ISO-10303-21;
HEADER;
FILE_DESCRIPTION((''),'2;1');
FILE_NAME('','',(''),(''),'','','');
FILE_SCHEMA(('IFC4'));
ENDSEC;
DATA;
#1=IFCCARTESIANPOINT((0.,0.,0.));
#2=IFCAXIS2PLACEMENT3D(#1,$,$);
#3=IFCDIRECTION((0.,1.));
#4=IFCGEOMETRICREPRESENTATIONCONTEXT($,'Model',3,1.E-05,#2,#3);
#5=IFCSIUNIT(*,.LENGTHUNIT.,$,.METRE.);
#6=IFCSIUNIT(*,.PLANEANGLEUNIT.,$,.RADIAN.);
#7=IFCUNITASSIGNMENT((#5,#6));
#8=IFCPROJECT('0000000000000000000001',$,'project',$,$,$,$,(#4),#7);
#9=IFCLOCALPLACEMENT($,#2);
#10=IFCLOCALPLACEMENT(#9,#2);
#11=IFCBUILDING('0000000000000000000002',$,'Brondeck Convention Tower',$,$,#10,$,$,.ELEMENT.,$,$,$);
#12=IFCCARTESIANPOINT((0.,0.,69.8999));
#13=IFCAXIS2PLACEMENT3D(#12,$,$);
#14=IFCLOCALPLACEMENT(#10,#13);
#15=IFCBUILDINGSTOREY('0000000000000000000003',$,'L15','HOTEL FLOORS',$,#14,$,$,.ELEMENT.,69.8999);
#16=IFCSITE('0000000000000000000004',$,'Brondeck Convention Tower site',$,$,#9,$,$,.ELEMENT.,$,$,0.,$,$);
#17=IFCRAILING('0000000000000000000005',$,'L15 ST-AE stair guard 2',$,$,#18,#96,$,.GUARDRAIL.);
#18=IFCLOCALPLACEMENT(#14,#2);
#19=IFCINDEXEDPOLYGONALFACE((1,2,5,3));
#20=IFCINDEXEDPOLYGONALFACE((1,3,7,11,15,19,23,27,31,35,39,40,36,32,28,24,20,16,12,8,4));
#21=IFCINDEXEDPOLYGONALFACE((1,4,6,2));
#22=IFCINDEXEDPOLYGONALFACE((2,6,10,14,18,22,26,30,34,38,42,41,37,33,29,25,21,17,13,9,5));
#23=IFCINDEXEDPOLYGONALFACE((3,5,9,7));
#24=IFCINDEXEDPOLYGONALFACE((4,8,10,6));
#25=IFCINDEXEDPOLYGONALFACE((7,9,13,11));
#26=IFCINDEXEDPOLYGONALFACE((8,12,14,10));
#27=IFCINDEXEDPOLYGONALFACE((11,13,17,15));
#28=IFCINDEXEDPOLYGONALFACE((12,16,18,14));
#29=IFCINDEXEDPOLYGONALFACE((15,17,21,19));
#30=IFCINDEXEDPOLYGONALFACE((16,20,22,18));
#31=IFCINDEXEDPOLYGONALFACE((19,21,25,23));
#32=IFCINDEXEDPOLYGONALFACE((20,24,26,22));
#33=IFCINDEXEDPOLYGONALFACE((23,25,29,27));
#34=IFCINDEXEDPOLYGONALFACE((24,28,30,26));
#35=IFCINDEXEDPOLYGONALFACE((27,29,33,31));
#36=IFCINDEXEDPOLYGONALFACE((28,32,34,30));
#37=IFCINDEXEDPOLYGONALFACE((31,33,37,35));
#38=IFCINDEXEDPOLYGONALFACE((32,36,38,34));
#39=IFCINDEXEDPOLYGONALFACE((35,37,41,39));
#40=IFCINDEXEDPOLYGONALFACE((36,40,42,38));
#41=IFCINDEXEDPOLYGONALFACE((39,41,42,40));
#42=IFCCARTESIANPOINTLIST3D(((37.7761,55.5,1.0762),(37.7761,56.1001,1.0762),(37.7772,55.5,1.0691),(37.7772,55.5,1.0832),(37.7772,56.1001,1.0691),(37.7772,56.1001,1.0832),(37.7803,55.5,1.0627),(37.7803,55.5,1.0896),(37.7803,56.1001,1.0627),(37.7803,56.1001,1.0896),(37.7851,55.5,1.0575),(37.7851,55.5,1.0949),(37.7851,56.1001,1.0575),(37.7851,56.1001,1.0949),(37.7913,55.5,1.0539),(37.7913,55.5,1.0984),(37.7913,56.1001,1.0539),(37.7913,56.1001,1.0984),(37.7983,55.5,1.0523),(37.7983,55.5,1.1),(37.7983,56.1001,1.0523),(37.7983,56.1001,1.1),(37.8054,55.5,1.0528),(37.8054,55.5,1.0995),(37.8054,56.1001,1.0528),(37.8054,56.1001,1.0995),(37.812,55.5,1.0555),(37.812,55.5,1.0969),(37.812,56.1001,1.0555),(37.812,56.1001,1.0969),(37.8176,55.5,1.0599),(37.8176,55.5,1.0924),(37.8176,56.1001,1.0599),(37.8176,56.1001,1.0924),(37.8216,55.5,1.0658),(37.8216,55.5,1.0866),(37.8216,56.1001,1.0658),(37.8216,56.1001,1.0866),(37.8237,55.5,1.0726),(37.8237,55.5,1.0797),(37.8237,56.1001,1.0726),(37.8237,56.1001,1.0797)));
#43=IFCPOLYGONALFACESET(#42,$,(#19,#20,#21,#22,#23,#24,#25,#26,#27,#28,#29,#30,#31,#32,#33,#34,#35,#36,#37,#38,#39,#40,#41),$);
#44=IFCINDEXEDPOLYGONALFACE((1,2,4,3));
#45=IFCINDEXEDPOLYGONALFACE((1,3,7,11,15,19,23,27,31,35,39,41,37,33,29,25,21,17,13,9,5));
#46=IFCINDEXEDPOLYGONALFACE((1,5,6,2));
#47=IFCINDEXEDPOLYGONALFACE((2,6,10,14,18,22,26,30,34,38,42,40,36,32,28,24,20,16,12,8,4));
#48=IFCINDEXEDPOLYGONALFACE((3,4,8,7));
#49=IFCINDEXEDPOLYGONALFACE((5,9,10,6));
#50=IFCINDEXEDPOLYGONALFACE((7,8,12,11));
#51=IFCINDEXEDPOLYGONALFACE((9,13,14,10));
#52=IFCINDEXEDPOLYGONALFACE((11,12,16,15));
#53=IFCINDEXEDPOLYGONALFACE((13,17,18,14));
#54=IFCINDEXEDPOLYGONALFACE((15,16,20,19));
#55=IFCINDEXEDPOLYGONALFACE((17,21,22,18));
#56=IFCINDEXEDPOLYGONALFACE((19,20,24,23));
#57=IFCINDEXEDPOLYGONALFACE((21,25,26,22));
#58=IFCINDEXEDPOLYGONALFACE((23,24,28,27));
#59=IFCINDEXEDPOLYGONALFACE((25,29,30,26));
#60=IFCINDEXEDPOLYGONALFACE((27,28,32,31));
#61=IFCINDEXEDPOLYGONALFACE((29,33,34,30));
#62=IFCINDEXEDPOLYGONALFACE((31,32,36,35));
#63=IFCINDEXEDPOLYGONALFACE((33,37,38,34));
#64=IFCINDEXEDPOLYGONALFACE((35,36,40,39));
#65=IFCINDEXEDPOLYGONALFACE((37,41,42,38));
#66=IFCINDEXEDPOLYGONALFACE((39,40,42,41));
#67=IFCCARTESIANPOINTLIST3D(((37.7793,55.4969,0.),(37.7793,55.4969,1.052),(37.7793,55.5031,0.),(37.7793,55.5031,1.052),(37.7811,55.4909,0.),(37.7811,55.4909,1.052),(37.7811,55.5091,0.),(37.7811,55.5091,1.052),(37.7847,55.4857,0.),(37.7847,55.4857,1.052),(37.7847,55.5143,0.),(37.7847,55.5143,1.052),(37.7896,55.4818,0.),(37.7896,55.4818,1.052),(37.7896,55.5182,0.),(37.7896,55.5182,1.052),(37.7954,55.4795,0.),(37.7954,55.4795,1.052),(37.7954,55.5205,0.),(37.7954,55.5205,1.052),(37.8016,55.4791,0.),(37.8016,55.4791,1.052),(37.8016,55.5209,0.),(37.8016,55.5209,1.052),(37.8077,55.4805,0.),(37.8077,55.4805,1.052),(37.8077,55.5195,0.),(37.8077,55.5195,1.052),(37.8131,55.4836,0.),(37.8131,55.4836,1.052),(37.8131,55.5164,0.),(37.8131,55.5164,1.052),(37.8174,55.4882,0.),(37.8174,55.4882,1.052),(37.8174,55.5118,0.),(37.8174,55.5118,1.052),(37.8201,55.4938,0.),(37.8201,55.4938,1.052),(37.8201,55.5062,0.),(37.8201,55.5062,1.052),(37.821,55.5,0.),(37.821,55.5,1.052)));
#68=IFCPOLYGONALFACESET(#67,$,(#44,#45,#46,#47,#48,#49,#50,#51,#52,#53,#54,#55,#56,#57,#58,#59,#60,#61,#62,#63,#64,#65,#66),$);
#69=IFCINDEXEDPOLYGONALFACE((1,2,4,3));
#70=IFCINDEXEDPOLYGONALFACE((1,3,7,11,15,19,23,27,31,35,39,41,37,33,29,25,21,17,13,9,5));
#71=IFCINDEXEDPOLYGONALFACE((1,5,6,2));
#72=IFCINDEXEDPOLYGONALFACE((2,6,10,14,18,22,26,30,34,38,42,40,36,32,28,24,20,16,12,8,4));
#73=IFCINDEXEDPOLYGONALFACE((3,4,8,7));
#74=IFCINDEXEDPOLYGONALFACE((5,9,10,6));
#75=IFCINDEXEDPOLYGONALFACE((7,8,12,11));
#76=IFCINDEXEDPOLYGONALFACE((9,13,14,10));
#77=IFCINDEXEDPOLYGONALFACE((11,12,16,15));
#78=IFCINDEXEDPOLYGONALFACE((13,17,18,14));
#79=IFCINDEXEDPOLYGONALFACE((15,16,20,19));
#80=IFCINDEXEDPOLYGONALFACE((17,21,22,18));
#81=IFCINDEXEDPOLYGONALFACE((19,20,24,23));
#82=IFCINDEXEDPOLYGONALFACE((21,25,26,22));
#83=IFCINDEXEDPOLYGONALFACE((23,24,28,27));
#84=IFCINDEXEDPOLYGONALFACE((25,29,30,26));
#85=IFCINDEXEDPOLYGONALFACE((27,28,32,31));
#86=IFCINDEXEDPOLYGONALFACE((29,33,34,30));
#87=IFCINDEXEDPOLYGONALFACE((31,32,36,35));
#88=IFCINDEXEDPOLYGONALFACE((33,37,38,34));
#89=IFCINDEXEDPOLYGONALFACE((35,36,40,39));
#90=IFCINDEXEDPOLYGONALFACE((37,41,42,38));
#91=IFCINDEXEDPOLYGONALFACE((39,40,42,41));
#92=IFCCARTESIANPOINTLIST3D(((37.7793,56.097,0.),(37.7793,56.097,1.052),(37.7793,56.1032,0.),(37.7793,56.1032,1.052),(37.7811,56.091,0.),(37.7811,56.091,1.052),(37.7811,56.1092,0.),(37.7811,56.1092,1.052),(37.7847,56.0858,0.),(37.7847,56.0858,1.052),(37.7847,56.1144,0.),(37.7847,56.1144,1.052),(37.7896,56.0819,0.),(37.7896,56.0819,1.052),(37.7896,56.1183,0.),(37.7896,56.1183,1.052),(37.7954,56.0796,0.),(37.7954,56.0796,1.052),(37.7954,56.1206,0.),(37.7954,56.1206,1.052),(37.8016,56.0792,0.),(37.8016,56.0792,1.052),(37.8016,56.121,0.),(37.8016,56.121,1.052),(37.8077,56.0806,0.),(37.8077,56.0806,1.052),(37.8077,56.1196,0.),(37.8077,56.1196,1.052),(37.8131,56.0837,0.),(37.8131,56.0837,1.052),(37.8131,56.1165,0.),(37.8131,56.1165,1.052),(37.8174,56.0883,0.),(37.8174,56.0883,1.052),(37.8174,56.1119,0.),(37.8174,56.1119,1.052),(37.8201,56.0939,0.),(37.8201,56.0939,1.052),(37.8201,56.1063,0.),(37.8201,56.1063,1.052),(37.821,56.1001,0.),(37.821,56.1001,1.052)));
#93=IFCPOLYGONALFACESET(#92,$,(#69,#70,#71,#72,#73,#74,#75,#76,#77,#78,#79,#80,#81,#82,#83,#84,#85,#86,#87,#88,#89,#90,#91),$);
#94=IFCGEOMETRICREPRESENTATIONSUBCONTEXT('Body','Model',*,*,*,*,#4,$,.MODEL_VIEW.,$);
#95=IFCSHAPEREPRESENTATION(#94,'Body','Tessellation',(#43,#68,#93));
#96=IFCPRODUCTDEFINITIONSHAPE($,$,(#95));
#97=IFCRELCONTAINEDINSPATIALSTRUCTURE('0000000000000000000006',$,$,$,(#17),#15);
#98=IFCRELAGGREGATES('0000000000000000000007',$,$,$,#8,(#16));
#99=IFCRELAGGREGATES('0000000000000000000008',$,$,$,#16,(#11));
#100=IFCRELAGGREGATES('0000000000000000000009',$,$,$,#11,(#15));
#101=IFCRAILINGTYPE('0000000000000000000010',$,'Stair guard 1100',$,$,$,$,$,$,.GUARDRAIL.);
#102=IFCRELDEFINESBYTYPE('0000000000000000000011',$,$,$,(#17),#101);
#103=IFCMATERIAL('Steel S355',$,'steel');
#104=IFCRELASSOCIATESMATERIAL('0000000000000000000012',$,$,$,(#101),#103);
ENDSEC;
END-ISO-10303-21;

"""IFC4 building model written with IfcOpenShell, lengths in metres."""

from ifc_helpers import new_model, si_unit, direction, frame, origin, origin_2d, place, context, subcontext, project, spatial, circle, extrude, material, type_object, element, save


model = new_model("IFC4")

# Units and contexts
model_context = context("Model", 3, precision=1e-05, world=origin(), true_north=direction((0.0, 1.0)))
body_context = subcontext(model_context, "Body", "Model", "MODEL_VIEW")
ifc_project = project(units=[si_unit("LENGTHUNIT", "METRE"), si_unit("PLANEANGLEUNIT", "RADIAN")], contexts=[model_context])

# Site, building, storey
site_placement = place(None, origin())
site = spatial("IfcSite", under=ifc_project, at=site_placement, Name="Brondeck Convention Tower site", CompositionType="ELEMENT", RefElevation=0.0)
building_placement = place(site_placement, origin())
building = spatial("IfcBuilding", under=site, at=building_placement, Name="Brondeck Convention Tower", CompositionType="ELEMENT")
storey_placement = place(building_placement, frame((0.0, 0.0, 69.8999)))
storey = spatial("IfcBuildingStorey", under=building, at=storey_placement, Name="L15", Description="HOTEL FLOORS", CompositionType="ELEMENT", Elevation=69.8999)

# Shared definitions
ifc_material_1 = material(Name="Steel S355", Category="steel")

# Railing
railing_type_1 = type_object("IfcRailingType", Name="Stair guard 1100", PredefinedType="GUARDRAIL", material=ifc_material_1)
railing_1_placement = place(storey_placement, frame((37.8, 55.5, 0.0)))
element("IfcRailing", 1, at=railing_1_placement, inside=storey, type_object=railing_type_1, Name="L15 ST-AE stair guard 2", PredefinedType="GUARDRAIL", context=body_context, shape_type="SweptSolid", body=[
    extrude(circle(Radius=0.0239, at=origin_2d()), frame((0.0, 0.0, 1.0762), z_axis=(0.0, 1.0, 0.0), x_axis=(-1.0, 0.0, 0.0)), (0.0, 0.0, 1.0), 0.6001),
    extrude(circle(Radius=0.021, at=origin_2d()), origin(), (0.0, 0.0, 1.0), 1.052),
    extrude(circle(Radius=0.021, at=origin_2d()), frame((0.0, 0.6001, 0.0)), (0.0, 0.0, 1.0), 1.052),
])

save(model, "model.ifc")
